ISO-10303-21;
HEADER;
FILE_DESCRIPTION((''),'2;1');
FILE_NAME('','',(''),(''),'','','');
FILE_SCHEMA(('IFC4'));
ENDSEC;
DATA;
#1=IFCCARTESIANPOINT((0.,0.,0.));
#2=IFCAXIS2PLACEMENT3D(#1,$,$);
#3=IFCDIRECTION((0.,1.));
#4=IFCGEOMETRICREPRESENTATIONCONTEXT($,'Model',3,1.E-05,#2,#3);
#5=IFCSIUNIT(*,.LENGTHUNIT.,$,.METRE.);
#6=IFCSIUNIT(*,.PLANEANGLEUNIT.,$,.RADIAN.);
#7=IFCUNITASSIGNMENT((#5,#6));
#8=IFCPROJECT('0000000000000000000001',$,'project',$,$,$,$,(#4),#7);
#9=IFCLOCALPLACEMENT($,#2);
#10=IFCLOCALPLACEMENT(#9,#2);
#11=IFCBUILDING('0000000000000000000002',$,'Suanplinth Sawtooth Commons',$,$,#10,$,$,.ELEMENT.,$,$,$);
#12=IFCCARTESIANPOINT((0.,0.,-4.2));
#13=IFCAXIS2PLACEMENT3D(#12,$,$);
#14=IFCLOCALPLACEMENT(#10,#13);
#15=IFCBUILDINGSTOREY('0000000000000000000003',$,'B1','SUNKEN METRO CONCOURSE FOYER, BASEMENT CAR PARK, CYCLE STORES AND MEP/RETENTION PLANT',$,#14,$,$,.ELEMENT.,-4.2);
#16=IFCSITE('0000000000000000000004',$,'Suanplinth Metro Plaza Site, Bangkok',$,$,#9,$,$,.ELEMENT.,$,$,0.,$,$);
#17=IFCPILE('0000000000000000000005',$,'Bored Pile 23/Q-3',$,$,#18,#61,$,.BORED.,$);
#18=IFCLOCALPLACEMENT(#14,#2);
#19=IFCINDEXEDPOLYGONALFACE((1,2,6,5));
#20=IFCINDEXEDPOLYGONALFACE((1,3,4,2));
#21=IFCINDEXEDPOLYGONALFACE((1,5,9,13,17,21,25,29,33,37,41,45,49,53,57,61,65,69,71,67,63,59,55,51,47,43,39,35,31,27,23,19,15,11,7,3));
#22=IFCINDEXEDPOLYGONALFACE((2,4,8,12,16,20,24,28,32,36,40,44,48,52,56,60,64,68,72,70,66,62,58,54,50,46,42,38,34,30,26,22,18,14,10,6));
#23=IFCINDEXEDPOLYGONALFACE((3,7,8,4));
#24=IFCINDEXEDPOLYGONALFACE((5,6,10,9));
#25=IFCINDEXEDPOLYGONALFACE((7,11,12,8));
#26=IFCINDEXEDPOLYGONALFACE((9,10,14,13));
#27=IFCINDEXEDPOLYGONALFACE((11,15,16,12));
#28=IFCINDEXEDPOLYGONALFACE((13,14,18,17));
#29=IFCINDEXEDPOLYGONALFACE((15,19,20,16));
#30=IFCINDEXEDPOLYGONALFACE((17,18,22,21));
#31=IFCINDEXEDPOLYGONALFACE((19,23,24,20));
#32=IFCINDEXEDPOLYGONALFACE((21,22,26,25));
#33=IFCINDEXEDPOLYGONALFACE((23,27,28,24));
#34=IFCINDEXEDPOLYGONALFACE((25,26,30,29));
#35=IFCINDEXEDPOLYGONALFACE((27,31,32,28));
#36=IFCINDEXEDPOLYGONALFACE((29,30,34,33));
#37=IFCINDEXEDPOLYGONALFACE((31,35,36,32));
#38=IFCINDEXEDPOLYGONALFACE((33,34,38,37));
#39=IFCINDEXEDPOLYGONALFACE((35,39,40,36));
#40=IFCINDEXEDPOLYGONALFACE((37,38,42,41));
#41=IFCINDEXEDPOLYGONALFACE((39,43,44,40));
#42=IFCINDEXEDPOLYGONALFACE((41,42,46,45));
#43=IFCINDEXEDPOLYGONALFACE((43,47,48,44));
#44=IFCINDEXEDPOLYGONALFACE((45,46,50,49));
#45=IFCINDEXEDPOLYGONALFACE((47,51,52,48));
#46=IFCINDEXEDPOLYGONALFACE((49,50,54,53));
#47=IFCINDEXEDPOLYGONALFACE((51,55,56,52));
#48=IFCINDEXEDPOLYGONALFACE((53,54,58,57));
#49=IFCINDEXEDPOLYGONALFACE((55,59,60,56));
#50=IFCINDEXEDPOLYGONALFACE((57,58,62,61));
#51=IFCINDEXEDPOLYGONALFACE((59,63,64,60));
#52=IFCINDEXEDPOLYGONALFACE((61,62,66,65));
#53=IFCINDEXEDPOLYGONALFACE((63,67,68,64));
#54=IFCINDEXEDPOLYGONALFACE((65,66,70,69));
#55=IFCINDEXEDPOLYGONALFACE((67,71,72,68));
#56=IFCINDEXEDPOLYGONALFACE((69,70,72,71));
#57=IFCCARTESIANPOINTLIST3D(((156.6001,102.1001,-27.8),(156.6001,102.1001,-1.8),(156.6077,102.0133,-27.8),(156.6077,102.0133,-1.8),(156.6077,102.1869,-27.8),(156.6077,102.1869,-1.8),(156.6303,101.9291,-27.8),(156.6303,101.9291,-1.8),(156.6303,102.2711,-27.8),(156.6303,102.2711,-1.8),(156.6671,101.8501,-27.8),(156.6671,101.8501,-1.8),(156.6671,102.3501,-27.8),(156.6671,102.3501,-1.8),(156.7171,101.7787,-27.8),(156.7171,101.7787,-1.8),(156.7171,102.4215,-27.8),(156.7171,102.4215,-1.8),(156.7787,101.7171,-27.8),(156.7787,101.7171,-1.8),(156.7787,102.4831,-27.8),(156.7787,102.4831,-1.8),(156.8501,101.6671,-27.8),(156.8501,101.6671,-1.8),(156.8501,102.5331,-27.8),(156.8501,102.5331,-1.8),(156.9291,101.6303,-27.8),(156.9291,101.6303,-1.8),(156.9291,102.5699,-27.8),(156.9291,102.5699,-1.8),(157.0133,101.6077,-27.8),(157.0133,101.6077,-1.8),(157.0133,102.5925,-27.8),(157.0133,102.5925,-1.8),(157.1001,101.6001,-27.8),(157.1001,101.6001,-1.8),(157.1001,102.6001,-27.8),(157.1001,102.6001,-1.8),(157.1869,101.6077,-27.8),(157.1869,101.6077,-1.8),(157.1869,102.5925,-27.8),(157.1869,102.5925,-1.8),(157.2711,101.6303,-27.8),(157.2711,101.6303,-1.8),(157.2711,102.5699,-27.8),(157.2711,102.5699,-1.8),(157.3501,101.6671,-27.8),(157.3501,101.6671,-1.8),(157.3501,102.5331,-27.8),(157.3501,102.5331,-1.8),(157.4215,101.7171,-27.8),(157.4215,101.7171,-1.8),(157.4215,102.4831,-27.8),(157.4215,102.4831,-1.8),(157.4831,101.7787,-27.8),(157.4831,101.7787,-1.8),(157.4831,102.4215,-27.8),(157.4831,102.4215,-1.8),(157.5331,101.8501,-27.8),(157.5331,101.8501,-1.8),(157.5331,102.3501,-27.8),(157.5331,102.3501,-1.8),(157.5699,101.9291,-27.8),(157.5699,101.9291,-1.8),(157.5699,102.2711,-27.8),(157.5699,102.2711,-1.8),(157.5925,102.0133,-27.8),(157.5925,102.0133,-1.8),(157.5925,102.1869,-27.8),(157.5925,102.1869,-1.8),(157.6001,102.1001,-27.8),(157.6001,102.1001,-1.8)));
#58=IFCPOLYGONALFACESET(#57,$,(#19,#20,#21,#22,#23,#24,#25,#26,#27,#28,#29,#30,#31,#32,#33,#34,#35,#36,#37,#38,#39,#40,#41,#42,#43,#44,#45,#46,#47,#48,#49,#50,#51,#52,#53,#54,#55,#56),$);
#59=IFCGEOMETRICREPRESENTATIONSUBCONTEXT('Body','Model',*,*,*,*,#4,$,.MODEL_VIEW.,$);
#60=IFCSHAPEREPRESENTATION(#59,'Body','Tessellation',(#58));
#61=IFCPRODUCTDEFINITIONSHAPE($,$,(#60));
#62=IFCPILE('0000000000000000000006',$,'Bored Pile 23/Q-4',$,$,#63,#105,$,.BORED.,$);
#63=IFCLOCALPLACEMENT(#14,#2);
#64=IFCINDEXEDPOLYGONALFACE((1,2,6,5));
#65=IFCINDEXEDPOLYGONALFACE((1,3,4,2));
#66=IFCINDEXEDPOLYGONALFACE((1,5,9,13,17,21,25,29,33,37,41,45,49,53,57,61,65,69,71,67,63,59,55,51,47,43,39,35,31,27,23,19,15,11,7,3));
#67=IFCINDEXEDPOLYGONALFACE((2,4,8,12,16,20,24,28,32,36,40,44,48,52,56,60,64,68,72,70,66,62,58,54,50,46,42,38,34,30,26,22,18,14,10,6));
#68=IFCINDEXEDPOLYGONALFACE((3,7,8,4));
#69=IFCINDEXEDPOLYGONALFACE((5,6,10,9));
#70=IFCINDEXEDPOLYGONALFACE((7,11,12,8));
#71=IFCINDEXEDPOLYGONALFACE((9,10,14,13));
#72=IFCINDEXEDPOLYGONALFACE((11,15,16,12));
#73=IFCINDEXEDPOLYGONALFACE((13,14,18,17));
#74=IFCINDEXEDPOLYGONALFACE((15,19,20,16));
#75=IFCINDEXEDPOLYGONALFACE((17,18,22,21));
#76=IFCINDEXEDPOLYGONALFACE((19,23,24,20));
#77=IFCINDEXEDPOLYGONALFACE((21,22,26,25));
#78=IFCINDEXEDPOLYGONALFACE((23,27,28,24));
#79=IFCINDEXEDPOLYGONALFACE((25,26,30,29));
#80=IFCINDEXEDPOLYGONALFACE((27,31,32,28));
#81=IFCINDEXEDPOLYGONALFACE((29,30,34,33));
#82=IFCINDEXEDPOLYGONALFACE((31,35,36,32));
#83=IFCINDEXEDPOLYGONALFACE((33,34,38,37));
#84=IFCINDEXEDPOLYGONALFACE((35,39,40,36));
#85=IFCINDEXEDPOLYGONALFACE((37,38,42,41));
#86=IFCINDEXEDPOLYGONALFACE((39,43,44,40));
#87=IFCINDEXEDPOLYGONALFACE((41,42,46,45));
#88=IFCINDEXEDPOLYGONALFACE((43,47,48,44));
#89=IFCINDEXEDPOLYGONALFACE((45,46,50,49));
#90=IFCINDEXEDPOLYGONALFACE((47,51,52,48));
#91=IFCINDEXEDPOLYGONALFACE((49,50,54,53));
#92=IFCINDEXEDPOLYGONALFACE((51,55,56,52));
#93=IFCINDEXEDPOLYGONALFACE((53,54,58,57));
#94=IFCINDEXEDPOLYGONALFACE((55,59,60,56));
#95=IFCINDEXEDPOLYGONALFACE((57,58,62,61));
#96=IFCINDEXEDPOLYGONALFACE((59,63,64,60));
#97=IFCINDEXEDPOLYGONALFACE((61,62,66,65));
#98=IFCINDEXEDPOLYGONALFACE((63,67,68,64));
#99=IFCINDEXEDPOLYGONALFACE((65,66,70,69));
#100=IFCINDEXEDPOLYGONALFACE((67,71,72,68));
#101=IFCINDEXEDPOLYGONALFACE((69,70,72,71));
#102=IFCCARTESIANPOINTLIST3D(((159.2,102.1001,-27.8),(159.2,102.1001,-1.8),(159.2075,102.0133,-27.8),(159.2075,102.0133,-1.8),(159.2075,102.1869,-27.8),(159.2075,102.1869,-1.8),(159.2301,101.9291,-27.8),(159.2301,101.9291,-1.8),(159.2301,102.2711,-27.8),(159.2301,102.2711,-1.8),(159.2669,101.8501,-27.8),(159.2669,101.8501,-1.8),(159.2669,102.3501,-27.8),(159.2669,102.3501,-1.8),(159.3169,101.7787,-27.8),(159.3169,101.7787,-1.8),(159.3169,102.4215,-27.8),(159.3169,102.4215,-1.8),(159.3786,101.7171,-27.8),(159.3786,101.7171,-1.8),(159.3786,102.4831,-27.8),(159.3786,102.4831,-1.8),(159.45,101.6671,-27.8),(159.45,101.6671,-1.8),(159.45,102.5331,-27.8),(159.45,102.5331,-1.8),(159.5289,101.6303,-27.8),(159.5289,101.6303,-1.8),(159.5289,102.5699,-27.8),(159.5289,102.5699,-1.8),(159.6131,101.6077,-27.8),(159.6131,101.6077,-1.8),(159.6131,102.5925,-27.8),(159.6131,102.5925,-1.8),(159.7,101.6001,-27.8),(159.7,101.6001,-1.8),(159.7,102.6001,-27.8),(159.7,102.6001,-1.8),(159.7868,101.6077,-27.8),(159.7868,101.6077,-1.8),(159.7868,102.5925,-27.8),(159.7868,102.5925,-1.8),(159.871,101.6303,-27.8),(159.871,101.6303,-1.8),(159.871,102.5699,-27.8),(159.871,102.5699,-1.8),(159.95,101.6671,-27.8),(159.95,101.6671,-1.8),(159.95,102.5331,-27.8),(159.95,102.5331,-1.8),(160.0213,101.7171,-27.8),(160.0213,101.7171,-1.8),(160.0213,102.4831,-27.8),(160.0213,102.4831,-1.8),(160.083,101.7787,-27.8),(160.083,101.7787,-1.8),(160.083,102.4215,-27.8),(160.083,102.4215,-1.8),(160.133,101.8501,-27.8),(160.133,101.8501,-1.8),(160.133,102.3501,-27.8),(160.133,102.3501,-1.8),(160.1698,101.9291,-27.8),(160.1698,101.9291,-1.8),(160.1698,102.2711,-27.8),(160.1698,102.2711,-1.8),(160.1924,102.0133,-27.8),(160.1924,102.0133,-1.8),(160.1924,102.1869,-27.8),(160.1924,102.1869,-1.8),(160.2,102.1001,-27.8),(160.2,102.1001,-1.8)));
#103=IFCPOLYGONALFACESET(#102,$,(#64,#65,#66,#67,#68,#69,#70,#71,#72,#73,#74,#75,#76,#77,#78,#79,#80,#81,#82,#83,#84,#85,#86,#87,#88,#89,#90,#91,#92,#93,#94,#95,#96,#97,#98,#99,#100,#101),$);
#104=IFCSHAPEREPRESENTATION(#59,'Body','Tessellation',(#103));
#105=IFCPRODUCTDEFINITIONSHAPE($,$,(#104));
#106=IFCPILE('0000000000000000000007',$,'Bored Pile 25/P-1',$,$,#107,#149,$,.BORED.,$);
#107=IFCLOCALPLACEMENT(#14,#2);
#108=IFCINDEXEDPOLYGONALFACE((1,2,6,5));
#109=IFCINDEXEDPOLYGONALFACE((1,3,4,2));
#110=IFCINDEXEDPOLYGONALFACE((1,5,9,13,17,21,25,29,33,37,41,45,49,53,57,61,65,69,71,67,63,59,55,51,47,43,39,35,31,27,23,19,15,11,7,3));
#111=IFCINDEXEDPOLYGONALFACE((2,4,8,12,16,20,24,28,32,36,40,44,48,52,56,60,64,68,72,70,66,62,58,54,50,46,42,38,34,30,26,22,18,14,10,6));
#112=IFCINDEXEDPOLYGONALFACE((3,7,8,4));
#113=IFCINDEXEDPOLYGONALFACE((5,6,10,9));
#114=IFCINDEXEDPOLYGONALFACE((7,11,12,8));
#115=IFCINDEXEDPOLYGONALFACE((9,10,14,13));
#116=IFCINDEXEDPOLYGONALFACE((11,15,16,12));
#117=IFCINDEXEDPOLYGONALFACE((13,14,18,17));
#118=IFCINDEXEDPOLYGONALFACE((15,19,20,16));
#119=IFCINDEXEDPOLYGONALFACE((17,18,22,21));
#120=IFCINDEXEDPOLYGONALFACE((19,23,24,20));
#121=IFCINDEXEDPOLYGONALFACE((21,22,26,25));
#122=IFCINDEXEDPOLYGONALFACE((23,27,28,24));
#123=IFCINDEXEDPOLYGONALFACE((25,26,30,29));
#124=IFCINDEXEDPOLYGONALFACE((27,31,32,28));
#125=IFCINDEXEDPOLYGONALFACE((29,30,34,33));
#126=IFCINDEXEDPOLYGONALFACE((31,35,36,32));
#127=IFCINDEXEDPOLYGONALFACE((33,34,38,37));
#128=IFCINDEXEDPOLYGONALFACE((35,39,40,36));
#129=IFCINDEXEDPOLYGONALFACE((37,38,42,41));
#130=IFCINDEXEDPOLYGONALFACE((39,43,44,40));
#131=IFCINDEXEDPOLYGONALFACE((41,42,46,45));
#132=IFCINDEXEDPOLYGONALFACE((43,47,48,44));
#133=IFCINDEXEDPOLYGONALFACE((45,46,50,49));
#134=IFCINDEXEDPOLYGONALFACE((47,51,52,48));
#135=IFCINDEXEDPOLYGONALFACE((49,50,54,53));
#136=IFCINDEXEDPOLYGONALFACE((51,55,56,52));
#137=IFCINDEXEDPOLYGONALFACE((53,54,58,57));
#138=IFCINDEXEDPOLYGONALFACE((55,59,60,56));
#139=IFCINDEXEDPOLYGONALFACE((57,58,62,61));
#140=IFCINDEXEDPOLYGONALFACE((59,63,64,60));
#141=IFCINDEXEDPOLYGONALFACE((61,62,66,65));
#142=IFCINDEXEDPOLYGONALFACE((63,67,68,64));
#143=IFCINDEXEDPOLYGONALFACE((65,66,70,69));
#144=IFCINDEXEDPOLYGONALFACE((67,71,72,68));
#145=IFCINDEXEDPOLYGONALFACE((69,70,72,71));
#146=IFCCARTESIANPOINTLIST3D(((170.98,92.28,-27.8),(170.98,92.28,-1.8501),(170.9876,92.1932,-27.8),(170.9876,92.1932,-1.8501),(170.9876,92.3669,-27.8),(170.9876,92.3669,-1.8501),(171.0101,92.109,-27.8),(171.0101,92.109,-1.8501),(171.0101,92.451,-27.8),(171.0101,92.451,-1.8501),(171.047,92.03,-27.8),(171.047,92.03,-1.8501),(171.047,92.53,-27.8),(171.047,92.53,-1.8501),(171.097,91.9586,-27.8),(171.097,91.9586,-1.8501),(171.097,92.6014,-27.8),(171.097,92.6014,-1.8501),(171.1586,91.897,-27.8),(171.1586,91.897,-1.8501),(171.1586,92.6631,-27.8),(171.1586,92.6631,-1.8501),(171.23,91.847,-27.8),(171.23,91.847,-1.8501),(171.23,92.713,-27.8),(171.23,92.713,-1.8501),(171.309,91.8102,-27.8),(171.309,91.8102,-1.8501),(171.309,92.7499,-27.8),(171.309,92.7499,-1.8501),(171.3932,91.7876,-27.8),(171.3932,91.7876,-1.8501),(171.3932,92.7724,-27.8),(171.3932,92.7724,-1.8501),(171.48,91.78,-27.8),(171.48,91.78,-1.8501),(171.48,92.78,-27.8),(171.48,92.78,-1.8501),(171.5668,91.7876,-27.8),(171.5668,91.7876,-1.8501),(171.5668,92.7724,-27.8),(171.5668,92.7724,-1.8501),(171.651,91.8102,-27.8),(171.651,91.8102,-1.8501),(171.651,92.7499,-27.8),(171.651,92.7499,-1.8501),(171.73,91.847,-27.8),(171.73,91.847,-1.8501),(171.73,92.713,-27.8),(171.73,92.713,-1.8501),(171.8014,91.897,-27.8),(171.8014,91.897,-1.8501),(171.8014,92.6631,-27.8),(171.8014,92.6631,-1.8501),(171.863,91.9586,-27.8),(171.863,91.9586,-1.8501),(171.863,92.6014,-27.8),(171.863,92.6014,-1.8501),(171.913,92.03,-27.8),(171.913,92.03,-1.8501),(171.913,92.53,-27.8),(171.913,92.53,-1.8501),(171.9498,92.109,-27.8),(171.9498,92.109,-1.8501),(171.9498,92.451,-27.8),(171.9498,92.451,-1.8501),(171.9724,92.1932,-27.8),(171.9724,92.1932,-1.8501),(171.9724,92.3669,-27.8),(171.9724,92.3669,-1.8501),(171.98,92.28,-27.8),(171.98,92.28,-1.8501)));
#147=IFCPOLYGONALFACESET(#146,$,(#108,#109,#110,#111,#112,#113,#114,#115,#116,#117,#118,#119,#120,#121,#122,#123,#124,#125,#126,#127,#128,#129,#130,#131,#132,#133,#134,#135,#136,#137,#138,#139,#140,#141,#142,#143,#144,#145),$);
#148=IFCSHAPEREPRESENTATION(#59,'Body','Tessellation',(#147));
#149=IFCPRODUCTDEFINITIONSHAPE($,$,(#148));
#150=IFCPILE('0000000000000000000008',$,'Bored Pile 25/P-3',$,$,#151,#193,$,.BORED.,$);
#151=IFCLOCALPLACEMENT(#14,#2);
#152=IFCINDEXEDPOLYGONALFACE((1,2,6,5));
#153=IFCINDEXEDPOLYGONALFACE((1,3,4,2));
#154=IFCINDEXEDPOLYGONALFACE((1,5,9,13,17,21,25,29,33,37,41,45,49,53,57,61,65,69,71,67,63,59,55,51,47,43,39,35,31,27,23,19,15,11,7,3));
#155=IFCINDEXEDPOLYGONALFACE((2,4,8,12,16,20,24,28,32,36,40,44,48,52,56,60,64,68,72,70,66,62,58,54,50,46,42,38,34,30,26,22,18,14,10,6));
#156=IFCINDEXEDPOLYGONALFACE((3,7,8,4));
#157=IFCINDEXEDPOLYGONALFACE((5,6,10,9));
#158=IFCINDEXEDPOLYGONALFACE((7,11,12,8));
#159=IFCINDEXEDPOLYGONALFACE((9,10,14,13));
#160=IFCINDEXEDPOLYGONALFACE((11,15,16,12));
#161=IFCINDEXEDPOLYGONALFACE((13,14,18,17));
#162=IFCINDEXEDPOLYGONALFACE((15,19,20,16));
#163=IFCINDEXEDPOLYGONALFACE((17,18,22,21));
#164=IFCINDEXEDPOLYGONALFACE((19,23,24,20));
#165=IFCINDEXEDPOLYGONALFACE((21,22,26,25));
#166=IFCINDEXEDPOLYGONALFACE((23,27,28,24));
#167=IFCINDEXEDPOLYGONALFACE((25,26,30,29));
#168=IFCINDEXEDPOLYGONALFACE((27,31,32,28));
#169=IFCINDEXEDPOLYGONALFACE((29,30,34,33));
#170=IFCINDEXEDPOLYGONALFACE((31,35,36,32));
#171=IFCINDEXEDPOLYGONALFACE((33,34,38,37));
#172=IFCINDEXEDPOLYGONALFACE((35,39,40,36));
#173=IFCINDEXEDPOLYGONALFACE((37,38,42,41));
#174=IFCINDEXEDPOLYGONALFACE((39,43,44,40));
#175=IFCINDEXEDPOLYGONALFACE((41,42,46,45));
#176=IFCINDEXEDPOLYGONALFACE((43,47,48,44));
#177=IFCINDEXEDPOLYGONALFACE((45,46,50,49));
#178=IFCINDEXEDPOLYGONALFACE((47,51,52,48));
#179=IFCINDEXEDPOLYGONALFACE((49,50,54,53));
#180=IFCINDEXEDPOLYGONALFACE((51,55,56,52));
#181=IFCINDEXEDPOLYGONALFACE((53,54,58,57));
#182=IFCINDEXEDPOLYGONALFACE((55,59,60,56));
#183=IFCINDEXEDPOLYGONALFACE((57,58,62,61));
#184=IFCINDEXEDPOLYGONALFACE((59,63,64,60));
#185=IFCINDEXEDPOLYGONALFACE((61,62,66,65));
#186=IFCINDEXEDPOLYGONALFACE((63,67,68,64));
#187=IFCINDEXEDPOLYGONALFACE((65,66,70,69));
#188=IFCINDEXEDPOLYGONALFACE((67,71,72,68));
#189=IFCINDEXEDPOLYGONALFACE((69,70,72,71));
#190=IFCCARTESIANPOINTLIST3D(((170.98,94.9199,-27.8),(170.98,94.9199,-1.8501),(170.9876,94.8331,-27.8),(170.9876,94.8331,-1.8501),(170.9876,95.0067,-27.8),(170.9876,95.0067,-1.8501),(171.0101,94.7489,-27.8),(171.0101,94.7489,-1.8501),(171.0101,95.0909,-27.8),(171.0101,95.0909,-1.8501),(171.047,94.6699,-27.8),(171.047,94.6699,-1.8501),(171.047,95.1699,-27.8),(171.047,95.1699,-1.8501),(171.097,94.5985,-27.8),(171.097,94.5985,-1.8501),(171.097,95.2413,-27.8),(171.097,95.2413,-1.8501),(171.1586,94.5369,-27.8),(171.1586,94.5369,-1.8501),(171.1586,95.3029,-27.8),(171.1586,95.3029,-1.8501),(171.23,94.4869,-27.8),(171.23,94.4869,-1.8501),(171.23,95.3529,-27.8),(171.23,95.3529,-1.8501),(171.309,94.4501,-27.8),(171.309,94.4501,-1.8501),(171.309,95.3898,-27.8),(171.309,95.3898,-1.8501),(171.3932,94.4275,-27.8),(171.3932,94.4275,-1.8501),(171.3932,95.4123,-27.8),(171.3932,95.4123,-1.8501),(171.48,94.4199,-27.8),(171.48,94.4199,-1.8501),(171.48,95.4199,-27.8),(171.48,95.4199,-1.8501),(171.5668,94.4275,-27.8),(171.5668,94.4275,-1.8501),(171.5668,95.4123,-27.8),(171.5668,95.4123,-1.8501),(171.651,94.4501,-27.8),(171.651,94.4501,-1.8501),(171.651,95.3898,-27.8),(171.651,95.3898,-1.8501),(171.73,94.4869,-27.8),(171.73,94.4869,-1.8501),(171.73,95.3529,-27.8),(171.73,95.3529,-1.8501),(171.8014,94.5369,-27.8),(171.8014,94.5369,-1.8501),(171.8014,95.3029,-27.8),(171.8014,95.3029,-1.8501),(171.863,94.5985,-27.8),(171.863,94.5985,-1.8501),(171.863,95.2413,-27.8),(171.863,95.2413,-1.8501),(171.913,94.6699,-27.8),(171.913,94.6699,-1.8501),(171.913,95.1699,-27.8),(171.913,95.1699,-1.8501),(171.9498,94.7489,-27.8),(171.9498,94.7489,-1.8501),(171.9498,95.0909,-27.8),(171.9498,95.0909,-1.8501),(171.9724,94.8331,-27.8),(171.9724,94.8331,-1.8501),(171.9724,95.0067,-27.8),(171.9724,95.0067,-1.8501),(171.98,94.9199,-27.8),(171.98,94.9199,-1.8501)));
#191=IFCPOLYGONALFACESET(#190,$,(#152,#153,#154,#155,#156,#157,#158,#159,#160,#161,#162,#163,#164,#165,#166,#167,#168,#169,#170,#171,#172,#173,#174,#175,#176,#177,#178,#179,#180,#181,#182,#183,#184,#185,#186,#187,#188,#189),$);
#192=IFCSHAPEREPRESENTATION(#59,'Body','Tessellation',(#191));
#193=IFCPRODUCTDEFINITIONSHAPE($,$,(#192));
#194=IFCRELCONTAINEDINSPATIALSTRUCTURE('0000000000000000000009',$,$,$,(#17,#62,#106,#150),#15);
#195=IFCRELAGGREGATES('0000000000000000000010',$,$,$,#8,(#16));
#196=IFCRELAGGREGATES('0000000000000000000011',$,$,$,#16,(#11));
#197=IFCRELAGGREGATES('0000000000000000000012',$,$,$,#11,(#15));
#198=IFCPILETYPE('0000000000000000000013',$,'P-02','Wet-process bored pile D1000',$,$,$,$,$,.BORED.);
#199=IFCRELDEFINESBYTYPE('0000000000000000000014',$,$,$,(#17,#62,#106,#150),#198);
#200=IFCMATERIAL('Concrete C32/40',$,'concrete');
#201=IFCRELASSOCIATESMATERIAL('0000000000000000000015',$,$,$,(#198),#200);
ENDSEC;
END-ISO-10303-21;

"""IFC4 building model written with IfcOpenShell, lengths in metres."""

from ifc_helpers import new_model, si_unit, direction, frame, origin, origin_2d, place, context, subcontext, project, spatial, circle, extrude, material, material_profile, profile_set, type_object, element, save


model = new_model("IFC4")

# Units and contexts
model_context = context("Model", 3, precision=1e-05, world=origin(), true_north=direction((0.0, 1.0)))
body_context = subcontext(model_context, "Body", "Model", "MODEL_VIEW")
ifc_project = project(units=[si_unit("LENGTHUNIT", "METRE"), si_unit("PLANEANGLEUNIT", "RADIAN")], contexts=[model_context])

# Site, building, storey
site_placement = place(None, origin())
site = spatial("IfcSite", under=ifc_project, at=site_placement, Name="Suanplinth Metro Plaza Site, Bangkok", CompositionType="ELEMENT", RefElevation=0.0)
building_placement = place(site_placement, origin())
building = spatial("IfcBuilding", under=site, at=building_placement, Name="Suanplinth Sawtooth Commons", CompositionType="ELEMENT")
storey_placement = place(building_placement, frame((0.0, 0.0, -4.2)))
storey = spatial("IfcBuildingStorey", under=building, at=storey_placement, Name="B1", Description="SUNKEN METRO CONCOURSE FOYER, BASEMENT CAR PARK, CYCLE STORES AND MEP/RETENTION PLANT", CompositionType="ELEMENT", Elevation=-4.2)

# Piles
ifc_material_1 = material(Name="Concrete C32/40", Category="concrete")
ifc_material_profile_1 = material_profile(ifc_material_1, circle(Radius=0.5, at=origin_2d()), Name="PILE D1000")
ifc_profile_set_1 = profile_set([ifc_material_profile_1], Name="Concrete C32/40")
pile_type = type_object("IfcPileType", Name="P-02", Description="Wet-process bored pile D1000", PredefinedType="BORED", material=ifc_profile_set_1)
for number, where, z_axis, x_axis, name in (
    (1, (157.1001, 102.1001, -1.8), (0.0, 0.0, -1.0), (1.0, 0.0, 0.0), "Bored Pile 23/Q-3"),
    (2, (159.7, 102.1001, -1.8), (0.0, 0.0, -1.0), (1.0, 0.0, 0.0), "Bored Pile 23/Q-4"),
):
    element("IfcPile", number, at=place(storey_placement, frame(where, z_axis=z_axis, x_axis=x_axis)), inside=storey, type_object=pile_type, Name=name, PredefinedType="BORED", context=body_context, shape_type="SweptSolid", body=[
        extrude(circle(Radius=0.5, at=origin_2d()), origin(), (0.0, 0.0, 1.0), 26.0),
    ])
for number, where, z_axis, x_axis, name in (
    (3, (171.48, 92.28, -1.8501), (0.0, 0.0, -1.0), (1.0, 0.0, 0.0), "Bored Pile 25/P-1"),
    (4, (171.48, 94.9199, -1.8501), (0.0, 0.0, -1.0), (1.0, 0.0, 0.0), "Bored Pile 25/P-3"),
):
    element("IfcPile", number, at=place(storey_placement, frame(where, z_axis=z_axis, x_axis=x_axis)), inside=storey, type_object=pile_type, Name=name, PredefinedType="BORED", context=body_context, shape_type="SweptSolid", body=[
        extrude(circle(Radius=0.5, at=origin_2d()), origin(), (0.0, 0.0, 1.0), 25.95),
    ])

save(model, "model.ifc")
